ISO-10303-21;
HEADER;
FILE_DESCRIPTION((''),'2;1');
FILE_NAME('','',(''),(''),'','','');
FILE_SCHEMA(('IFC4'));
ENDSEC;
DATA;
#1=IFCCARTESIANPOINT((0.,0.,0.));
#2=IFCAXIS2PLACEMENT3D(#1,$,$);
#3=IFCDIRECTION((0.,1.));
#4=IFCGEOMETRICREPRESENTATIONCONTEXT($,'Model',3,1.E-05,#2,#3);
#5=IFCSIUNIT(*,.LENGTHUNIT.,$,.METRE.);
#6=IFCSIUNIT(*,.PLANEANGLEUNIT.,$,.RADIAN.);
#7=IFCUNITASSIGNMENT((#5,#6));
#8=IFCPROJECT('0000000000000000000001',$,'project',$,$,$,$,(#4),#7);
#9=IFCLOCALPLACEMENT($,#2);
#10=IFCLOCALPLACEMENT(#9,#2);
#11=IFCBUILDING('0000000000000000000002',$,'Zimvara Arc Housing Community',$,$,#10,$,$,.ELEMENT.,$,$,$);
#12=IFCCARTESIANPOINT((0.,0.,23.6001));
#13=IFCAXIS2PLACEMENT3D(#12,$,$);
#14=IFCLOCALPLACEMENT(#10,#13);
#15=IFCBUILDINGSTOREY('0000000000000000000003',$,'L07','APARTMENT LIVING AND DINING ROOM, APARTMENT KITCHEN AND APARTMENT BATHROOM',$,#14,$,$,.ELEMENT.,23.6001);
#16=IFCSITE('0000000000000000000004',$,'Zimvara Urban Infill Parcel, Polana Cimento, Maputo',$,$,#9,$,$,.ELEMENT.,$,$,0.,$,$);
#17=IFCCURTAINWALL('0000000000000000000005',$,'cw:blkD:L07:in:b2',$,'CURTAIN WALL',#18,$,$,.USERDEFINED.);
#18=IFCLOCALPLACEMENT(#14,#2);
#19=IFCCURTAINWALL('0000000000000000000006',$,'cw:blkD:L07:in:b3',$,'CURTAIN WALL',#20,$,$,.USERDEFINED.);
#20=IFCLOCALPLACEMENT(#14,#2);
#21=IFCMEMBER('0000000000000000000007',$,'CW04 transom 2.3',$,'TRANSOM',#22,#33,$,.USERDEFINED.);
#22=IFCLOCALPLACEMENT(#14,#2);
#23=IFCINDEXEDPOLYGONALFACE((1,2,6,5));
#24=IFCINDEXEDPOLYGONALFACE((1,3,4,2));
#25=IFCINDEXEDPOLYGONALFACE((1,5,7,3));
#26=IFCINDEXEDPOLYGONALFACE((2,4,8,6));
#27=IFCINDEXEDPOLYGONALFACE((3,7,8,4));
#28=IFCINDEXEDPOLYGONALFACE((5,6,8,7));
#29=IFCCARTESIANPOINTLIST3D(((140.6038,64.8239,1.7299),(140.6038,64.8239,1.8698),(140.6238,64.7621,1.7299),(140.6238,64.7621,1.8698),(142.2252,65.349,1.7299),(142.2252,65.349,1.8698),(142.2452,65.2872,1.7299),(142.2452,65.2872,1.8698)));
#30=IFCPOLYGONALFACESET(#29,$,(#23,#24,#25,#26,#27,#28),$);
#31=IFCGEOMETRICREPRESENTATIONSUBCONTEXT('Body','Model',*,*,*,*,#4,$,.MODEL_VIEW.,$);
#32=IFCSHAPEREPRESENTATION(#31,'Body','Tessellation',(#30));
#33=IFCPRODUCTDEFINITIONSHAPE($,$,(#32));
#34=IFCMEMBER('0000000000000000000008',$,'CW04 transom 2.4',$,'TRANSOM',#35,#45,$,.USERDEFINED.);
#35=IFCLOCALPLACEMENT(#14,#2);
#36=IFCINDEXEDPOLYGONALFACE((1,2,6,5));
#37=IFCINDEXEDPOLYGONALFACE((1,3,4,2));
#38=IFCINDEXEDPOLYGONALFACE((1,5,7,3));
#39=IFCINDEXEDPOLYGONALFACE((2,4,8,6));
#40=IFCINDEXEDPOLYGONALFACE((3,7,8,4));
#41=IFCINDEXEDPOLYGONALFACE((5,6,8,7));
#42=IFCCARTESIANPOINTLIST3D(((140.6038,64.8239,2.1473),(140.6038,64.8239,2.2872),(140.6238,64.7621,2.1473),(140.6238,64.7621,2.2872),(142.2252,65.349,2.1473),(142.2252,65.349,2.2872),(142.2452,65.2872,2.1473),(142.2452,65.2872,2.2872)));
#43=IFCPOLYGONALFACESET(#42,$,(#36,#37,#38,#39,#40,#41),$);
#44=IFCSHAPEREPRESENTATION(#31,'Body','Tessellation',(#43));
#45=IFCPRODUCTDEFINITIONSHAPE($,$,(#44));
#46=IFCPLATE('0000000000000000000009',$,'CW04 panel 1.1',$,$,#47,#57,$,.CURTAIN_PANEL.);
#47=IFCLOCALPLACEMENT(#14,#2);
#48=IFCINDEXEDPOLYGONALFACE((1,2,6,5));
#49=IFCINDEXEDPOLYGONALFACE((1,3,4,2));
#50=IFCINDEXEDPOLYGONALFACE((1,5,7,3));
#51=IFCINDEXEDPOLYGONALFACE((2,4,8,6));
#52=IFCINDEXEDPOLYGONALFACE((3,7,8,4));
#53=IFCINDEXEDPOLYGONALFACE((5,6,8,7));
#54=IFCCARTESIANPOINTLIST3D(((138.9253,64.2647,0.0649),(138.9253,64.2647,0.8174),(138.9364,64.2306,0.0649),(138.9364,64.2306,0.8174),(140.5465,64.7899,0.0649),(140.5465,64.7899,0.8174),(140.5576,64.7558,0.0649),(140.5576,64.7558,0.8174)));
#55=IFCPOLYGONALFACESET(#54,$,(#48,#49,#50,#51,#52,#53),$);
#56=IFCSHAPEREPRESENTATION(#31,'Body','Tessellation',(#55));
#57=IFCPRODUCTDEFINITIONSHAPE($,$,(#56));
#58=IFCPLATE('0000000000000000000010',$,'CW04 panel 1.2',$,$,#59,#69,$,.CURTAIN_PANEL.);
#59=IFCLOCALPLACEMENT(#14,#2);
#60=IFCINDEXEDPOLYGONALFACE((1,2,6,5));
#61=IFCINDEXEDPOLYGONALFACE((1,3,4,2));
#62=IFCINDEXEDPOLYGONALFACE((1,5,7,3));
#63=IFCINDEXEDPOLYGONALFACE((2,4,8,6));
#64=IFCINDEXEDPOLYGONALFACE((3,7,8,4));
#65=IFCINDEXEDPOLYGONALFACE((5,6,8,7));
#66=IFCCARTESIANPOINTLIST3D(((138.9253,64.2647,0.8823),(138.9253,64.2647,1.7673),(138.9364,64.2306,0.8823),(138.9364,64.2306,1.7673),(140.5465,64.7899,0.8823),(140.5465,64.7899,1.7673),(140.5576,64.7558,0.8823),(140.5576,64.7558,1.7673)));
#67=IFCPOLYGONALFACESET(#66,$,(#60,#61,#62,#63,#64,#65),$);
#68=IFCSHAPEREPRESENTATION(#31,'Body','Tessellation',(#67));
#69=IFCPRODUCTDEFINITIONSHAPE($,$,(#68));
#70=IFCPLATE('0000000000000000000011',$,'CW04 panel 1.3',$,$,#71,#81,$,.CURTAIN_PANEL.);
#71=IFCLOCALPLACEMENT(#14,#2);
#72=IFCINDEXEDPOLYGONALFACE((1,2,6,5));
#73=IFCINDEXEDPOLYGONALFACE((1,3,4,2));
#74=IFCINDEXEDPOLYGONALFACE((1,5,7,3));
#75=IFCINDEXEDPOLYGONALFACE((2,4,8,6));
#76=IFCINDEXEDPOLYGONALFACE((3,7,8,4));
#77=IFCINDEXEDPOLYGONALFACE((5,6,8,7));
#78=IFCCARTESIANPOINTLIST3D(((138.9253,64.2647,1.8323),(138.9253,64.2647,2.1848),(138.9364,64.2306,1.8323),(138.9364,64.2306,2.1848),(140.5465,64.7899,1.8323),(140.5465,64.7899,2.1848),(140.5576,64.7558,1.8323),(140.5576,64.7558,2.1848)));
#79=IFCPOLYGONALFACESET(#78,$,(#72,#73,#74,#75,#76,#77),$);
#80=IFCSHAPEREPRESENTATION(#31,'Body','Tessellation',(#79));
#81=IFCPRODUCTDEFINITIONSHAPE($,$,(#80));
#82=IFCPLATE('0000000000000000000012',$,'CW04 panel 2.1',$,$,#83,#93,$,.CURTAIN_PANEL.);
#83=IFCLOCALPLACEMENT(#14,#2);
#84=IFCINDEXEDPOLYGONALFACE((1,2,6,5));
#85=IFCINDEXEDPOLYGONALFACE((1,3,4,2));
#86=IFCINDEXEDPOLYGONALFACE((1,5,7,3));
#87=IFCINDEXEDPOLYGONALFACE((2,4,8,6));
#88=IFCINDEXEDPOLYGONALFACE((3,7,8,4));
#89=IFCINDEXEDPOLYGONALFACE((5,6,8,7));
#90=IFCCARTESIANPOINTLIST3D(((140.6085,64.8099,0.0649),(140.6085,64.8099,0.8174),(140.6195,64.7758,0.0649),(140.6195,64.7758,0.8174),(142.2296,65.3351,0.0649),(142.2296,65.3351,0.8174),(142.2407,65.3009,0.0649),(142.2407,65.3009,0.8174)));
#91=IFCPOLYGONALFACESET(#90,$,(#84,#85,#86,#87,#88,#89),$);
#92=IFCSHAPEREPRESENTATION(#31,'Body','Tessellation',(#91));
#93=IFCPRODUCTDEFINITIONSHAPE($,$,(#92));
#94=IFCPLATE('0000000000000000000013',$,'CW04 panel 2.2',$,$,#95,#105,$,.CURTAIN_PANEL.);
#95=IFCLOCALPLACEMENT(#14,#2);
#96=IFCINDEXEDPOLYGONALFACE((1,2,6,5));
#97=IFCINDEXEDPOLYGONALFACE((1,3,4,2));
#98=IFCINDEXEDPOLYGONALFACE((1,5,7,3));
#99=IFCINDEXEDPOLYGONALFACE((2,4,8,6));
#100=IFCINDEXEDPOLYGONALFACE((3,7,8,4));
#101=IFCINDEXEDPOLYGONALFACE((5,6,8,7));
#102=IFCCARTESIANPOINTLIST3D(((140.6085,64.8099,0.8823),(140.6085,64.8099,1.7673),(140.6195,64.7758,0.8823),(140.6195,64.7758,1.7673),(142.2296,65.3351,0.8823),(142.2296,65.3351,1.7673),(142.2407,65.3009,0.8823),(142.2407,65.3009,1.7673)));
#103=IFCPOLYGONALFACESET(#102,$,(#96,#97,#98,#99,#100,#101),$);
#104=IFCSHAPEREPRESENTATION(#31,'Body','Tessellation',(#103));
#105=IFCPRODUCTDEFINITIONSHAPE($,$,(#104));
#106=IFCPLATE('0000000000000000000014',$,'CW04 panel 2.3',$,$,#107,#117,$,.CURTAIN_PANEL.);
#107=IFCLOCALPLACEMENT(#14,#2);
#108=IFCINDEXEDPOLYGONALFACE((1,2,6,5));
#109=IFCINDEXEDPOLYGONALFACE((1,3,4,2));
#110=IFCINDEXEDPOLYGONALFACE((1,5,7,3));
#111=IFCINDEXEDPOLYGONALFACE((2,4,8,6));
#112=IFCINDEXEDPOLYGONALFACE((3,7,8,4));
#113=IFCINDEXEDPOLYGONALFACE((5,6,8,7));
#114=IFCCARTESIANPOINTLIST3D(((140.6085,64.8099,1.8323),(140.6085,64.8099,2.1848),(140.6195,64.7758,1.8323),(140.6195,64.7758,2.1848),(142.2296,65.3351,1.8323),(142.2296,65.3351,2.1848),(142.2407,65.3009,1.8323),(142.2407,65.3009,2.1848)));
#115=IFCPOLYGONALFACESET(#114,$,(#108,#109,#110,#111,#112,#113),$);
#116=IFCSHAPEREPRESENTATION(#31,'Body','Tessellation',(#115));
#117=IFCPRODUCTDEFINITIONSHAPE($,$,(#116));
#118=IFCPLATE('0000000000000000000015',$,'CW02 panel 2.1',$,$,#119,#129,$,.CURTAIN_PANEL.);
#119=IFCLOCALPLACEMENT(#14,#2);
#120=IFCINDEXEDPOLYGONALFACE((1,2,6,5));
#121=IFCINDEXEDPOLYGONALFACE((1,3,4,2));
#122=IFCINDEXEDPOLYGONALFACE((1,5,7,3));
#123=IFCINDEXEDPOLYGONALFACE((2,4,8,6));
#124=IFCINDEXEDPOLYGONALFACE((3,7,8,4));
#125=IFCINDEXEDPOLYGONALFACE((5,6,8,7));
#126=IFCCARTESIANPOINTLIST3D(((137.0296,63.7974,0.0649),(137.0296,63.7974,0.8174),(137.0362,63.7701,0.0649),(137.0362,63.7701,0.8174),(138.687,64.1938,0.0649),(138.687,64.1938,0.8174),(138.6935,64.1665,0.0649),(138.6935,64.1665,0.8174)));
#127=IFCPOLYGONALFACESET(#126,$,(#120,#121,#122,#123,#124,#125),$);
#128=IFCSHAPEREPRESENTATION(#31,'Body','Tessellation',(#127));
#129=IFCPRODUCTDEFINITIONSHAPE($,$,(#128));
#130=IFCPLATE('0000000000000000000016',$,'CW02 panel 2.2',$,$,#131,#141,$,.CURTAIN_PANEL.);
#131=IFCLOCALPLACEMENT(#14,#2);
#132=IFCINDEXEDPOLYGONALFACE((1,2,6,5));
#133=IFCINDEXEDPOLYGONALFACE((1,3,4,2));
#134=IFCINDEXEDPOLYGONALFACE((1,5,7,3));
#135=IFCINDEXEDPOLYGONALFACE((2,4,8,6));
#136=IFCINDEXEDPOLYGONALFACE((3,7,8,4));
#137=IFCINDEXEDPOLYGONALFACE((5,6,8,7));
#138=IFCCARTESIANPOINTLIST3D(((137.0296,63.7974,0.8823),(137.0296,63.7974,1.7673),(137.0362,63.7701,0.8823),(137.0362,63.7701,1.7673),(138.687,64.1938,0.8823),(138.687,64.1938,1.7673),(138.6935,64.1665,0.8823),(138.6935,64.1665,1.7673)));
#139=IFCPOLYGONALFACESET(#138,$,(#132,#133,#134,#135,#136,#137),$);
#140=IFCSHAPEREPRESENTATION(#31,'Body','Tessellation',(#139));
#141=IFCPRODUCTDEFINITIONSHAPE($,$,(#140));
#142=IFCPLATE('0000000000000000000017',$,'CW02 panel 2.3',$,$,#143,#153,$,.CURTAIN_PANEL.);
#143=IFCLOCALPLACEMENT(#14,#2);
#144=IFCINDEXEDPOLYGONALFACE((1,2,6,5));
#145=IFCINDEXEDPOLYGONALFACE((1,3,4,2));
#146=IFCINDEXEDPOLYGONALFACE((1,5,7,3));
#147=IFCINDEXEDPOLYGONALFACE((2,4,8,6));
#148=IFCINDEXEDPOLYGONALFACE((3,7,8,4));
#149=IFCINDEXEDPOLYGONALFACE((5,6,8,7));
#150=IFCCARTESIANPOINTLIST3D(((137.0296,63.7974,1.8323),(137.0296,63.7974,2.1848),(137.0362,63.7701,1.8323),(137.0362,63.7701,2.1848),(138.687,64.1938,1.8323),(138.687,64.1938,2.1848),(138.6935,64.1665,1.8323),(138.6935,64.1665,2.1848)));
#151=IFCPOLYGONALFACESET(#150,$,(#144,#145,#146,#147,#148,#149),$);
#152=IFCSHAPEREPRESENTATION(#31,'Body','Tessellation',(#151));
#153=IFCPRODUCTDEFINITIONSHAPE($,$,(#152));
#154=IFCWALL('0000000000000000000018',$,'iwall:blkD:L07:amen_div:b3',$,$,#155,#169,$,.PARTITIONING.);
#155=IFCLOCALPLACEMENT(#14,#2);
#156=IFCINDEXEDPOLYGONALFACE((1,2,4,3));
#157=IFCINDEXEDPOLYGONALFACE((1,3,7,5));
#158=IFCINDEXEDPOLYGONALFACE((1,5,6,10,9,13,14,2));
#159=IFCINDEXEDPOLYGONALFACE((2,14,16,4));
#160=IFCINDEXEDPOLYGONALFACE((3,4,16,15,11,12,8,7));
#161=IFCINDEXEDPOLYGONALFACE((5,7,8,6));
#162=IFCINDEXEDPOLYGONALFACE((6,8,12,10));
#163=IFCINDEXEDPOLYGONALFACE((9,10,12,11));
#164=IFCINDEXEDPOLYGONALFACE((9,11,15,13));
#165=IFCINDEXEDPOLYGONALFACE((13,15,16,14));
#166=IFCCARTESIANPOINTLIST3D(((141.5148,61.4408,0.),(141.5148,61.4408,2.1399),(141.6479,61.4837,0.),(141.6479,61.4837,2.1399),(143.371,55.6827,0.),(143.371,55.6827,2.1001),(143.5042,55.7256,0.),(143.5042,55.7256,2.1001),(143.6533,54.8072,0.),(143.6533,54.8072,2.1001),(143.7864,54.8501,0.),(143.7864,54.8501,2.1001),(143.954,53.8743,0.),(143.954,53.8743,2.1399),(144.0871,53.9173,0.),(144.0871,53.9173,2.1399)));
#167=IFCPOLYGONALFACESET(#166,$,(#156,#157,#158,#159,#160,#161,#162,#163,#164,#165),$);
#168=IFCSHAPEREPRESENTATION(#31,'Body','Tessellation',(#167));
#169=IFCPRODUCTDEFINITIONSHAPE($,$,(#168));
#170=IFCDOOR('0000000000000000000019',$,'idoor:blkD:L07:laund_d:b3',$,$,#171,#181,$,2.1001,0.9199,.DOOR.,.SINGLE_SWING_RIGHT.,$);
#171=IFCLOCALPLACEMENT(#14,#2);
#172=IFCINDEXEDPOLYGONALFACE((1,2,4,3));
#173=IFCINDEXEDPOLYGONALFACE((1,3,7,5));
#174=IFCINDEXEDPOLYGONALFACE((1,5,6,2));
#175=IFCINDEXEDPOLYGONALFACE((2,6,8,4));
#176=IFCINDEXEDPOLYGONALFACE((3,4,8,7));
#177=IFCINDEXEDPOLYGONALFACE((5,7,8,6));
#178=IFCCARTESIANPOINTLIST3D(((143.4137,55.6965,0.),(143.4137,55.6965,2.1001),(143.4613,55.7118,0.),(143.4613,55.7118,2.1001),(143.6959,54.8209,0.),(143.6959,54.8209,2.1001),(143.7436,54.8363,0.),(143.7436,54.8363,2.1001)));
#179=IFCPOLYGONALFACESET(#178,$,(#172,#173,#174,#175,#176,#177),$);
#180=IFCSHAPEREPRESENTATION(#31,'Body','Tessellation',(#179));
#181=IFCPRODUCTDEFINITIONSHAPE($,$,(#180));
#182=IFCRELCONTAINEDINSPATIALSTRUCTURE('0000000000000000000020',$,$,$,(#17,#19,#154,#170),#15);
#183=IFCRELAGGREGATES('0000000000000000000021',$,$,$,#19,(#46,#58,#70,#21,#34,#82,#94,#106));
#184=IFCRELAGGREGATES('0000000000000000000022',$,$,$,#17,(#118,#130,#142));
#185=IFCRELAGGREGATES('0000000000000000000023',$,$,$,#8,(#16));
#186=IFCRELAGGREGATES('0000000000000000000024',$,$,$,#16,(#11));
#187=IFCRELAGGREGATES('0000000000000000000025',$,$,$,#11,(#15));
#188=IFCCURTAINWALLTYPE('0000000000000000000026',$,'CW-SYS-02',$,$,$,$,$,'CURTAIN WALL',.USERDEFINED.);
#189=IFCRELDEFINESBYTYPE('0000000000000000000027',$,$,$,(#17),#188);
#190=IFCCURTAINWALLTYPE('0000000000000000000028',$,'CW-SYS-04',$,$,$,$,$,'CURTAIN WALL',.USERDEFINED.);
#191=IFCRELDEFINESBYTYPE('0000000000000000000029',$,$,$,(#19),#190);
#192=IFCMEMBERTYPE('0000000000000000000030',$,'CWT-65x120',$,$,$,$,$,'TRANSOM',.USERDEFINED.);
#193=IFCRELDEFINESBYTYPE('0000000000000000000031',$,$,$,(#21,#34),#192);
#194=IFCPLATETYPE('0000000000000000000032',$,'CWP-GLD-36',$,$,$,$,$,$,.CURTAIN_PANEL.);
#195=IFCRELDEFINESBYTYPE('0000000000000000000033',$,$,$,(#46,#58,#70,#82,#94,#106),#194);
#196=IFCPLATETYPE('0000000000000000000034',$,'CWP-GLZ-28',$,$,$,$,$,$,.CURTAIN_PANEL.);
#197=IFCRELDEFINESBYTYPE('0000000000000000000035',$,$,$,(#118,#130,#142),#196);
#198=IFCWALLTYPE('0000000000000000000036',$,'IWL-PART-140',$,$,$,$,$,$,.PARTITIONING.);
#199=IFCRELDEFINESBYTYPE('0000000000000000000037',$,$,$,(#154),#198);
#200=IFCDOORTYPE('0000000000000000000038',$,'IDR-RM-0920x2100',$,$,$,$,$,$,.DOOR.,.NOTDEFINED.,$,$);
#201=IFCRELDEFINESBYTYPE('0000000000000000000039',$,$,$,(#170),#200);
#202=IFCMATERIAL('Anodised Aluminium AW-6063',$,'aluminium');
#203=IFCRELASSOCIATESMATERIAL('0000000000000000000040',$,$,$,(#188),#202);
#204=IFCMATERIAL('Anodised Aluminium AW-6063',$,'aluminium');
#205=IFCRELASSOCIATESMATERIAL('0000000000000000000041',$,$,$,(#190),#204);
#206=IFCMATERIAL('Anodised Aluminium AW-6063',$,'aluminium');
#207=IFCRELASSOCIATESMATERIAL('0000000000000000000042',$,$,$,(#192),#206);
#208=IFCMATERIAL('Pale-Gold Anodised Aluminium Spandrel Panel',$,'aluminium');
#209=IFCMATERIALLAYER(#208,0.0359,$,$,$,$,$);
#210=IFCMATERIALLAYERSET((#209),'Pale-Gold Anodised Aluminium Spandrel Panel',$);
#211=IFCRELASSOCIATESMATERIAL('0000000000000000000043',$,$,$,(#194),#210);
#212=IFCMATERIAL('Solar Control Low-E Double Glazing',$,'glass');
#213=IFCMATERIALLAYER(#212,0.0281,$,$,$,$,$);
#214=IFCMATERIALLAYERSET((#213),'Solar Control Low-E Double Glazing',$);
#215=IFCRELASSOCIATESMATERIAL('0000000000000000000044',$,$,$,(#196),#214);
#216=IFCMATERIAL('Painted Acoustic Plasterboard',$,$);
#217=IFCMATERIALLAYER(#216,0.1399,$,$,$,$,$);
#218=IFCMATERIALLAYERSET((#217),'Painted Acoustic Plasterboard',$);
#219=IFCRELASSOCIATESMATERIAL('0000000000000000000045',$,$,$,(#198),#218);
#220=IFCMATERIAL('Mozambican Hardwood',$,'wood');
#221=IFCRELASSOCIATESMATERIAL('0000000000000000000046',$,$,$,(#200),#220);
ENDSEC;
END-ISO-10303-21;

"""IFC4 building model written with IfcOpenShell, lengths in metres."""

from ifc_helpers import new_model, si_unit, direction, frame, frame_2d, origin, origin_2d, place, context, subcontext, project, spatial, rectangle, extrude, material, layer, layer_set, material_profile, profile_set, type_object, element, fill, aggregate, save


model = new_model("IFC4")

# Units and contexts
model_context = context("Model", 3, precision=1e-05, world=origin(), true_north=direction((0.0, 1.0)))
body_context = subcontext(model_context, "Body", "Model", "MODEL_VIEW")
ifc_project = project(units=[si_unit("LENGTHUNIT", "METRE"), si_unit("PLANEANGLEUNIT", "RADIAN")], contexts=[model_context])

# Site, building, storey
site_placement = place(None, origin())
site = spatial("IfcSite", under=ifc_project, at=site_placement, Name="Zimvara Urban Infill Parcel, Polana Cimento, Maputo", CompositionType="ELEMENT", RefElevation=0.0)
building_placement = place(site_placement, origin())
building = spatial("IfcBuilding", under=site, at=building_placement, Name="Zimvara Arc Housing Community", CompositionType="ELEMENT")
storey_placement = place(building_placement, frame((0.0, 0.0, 23.6001)))
storey = spatial("IfcBuildingStorey", under=building, at=storey_placement, Name="L07", Description="APARTMENT LIVING AND DINING ROOM, APARTMENT KITCHEN AND APARTMENT BATHROOM", CompositionType="ELEMENT", Elevation=23.6001)

# Curtain wall
ifc_material_1 = material(Name="Anodised Aluminium AW-6063", Category="aluminium")
curtain_wall_type_1 = type_object("IfcCurtainWallType", Name="CW-SYS-02", ElementType="CURTAIN WALL", PredefinedType="USERDEFINED", material=ifc_material_1)
curtain_wall_1_placement = place(storey_placement, origin())
curtain_wall_1 = element("IfcCurtainWall", 1, at=curtain_wall_1_placement, inside=storey, type_object=curtain_wall_type_1, Name="cw:blkD:L07:in:b2", ObjectType="CURTAIN WALL", PredefinedType="USERDEFINED")

# Curtain wall
ifc_material_2 = material(Name="Anodised Aluminium AW-6063", Category="aluminium")
curtain_wall_type_2 = type_object("IfcCurtainWallType", Name="CW-SYS-04", ElementType="CURTAIN WALL", PredefinedType="USERDEFINED", material=ifc_material_2)
curtain_wall_2_placement = place(storey_placement, origin())
curtain_wall_2 = element("IfcCurtainWall", 2, at=curtain_wall_2_placement, inside=storey, type_object=curtain_wall_type_2, Name="cw:blkD:L07:in:b3", ObjectType="CURTAIN WALL", PredefinedType="USERDEFINED")

# Members
ifc_material_3 = material(Name="Anodised Aluminium AW-6063", Category="aluminium")
ifc_material_profile_1 = material_profile(ifc_material_3, rectangle(XDim=0.0649, YDim=0.1399, at=origin_2d()), Name="ALU 65x140")
ifc_profile_set_1 = profile_set([ifc_material_profile_1], Name="Anodised Aluminium AW-6063")
member_type_1 = type_object("IfcMemberType", Name="CWT-65x120", ElementType="TRANSOM", PredefinedType="USERDEFINED", material=ifc_profile_set_1)
member_1_placement = place(storey_placement, frame((140.6138, 64.793, 1.7998), z_axis=(0.951342, 0.308137, 0.0), x_axis=(-0.308137, 0.951342, 0.0)))
member_1 = element("IfcMember", 3, at=member_1_placement, type_object=member_type_1, Name="CW04 transom 2.3", ObjectType="TRANSOM", PredefinedType="USERDEFINED", context=body_context, shape_type="SweptSolid", body=[
    extrude(rectangle(XDim=0.0649, YDim=0.1399, at=origin_2d()), origin(), (0.0, 0.0, 1.0), 1.7043),
])
member_2_placement = place(storey_placement, frame((140.6138, 64.793, 2.2173), z_axis=(0.951342, 0.308137, 0.0), x_axis=(-0.308137, 0.951342, 0.0)))
member_2 = element("IfcMember", 4, at=member_2_placement, type_object=member_type_1, Name="CW04 transom 2.4", ObjectType="TRANSOM", PredefinedType="USERDEFINED", context=body_context, shape_type="SweptSolid", body=[
    extrude(rectangle(XDim=0.0649, YDim=0.1399, at=origin_2d()), origin(), (0.0, 0.0, 1.0), 1.7043),
])

# Plates
ifc_material_4 = material(Name="Pale-Gold Anodised Aluminium Spandrel Panel", Category="aluminium")
ifc_layer_1 = layer(ifc_material_4, 0.0359)
ifc_layer_set_1 = layer_set([ifc_layer_1], Name="Pale-Gold Anodised Aluminium Spandrel Panel")
plate_type_1 = type_object("IfcPlateType", Name="CWP-GLD-36", PredefinedType="CURTAIN_PANEL", material=ifc_layer_set_1)
plate_1_placement = place(storey_placement, frame((139.7415, 64.5103, 0.0649), z_axis=(0.0, 0.0, 1.0), x_axis=(0.951326, 0.308187, 0.0)))
plate_1 = element("IfcPlate", 5, at=plate_1_placement, type_object=plate_type_1, Name="CW04 panel 1.1", PredefinedType="CURTAIN_PANEL", context=body_context, shape_type="SweptSolid", body=[
    extrude(rectangle(XDim=1.7041, YDim=0.0359, at=origin_2d()), origin(), (0.0, 0.0, 1.0), 0.7524),
])
plate_2_placement = place(storey_placement, frame((139.7415, 64.5103, 0.8823), z_axis=(0.0, 0.0, 1.0), x_axis=(0.951326, 0.308187, 0.0)))
plate_2 = element("IfcPlate", 6, at=plate_2_placement, type_object=plate_type_1, Name="CW04 panel 1.2", PredefinedType="CURTAIN_PANEL", context=body_context, shape_type="SweptSolid", body=[
    extrude(rectangle(XDim=1.7041, YDim=0.0359, at=origin_2d()), origin(), (0.0, 0.0, 1.0), 0.885),
])
plate_3_placement = place(storey_placement, frame((139.7415, 64.5103, 1.8323), z_axis=(0.0, 0.0, 1.0), x_axis=(0.951326, 0.308187, 0.0)))
plate_3 = element("IfcPlate", 7, at=plate_3_placement, type_object=plate_type_1, Name="CW04 panel 1.3", PredefinedType="CURTAIN_PANEL", context=body_context, shape_type="SweptSolid", body=[
    extrude(rectangle(XDim=1.7041, YDim=0.0359, at=origin_2d()), origin(), (0.0, 0.0, 1.0), 0.3525),
])
plate_4_placement = place(storey_placement, frame((141.4246, 65.0554, 0.0649), z_axis=(0.0, 0.0, 1.0), x_axis=(0.951326, 0.308187, 0.0)))
plate_4 = element("IfcPlate", 8, at=plate_4_placement, type_object=plate_type_1, Name="CW04 panel 2.1", PredefinedType="CURTAIN_PANEL", context=body_context, shape_type="SweptSolid", body=[
    extrude(rectangle(XDim=1.7041, YDim=0.0359, at=origin_2d()), origin(), (0.0, 0.0, 1.0), 0.7524),
])
plate_5_placement = place(storey_placement, frame((141.4246, 65.0554, 0.8823), z_axis=(0.0, 0.0, 1.0), x_axis=(0.951326, 0.308187, 0.0)))
plate_5 = element("IfcPlate", 9, at=plate_5_placement, type_object=plate_type_1, Name="CW04 panel 2.2", PredefinedType="CURTAIN_PANEL", context=body_context, shape_type="SweptSolid", body=[
    extrude(rectangle(XDim=1.7041, YDim=0.0359, at=origin_2d()), origin(), (0.0, 0.0, 1.0), 0.885),
])
plate_6_placement = place(storey_placement, frame((141.4246, 65.0554, 1.8323), z_axis=(0.0, 0.0, 1.0), x_axis=(0.951326, 0.308187, 0.0)))
plate_6 = element("IfcPlate", 10, at=plate_6_placement, type_object=plate_type_1, Name="CW04 panel 2.3", PredefinedType="CURTAIN_PANEL", context=body_context, shape_type="SweptSolid", body=[
    extrude(rectangle(XDim=1.7041, YDim=0.0359, at=origin_2d()), origin(), (0.0, 0.0, 1.0), 0.3525),
])
aggregate(curtain_wall_2, [plate_1, plate_2, plate_3, member_1, member_2, plate_4, plate_5, plate_6])
ifc_material_5 = material(Name="Solar Control Low-E Double Glazing", Category="glass")
ifc_layer_2 = layer(ifc_material_5, 0.0281)
ifc_layer_set_2 = layer_set([ifc_layer_2], Name="Solar Control Low-E Double Glazing")
plate_type_2 = type_object("IfcPlateType", Name="CWP-GLZ-28", PredefinedType="CURTAIN_PANEL", material=ifc_layer_set_2)
plate_7_placement = place(storey_placement, frame((137.8616, 63.9819, 0.0649), z_axis=(0.0, 0.0, 1.0), x_axis=(0.972573, 0.232597, 0.0)))
plate_7 = element("IfcPlate", 11, at=plate_7_placement, type_object=plate_type_2, Name="CW02 panel 2.1", PredefinedType="CURTAIN_PANEL", context=body_context, shape_type="SweptSolid", body=[
    extrude(rectangle(XDim=1.7041, YDim=0.0281, at=origin_2d()), origin(), (0.0, 0.0, 1.0), 0.7524),
])
plate_8_placement = place(storey_placement, frame((137.8616, 63.9819, 0.8823), z_axis=(0.0, 0.0, 1.0), x_axis=(0.972573, 0.232597, 0.0)))
plate_8 = element("IfcPlate", 12, at=plate_8_placement, type_object=plate_type_2, Name="CW02 panel 2.2", PredefinedType="CURTAIN_PANEL", context=body_context, shape_type="SweptSolid", body=[
    extrude(rectangle(XDim=1.7041, YDim=0.0281, at=origin_2d()), origin(), (0.0, 0.0, 1.0), 0.885),
])
plate_9_placement = place(storey_placement, frame((137.8616, 63.9819, 1.8323), z_axis=(0.0, 0.0, 1.0), x_axis=(0.972573, 0.232597, 0.0)))
plate_9 = element("IfcPlate", 13, at=plate_9_placement, type_object=plate_type_2, Name="CW02 panel 2.3", PredefinedType="CURTAIN_PANEL", context=body_context, shape_type="SweptSolid", body=[
    extrude(rectangle(XDim=1.7041, YDim=0.0281, at=origin_2d()), origin(), (0.0, 0.0, 1.0), 0.3525),
])
aggregate(curtain_wall_1, [plate_7, plate_8, plate_9])

# Wall, opening, door
ifc_material_6 = material(Name="Painted Acoustic Plasterboard")
ifc_layer_3 = layer(ifc_material_6, 0.1399)
ifc_layer_set_3 = layer_set([ifc_layer_3], Name="Painted Acoustic Plasterboard")
wall_type_1 = type_object("IfcWallType", Name="IWL-PART-140", PredefinedType="PARTITIONING", material=ifc_layer_set_3)
wall_1_placement = place(storey_placement, frame((141.5813, 61.4624, 0.0), z_axis=(0.0, 0.0, 1.0), x_axis=(0.306824, -0.951766, 0.0)))
wall_1 = element("IfcWall", 14, at=wall_1_placement, inside=storey, type_object=wall_type_1, Name="iwall:blkD:L07:amen_div:b3", PredefinedType="PARTITIONING", context=body_context, shape_type="SweptSolid", body=[
    extrude(rectangle(XDim=7.95, YDim=0.1399, at=frame_2d((3.9751, 0.0))), origin(), (0.0, 0.0, 1.0), 2.1399),
])
opening_1_placement = place(wall_1_placement, frame((6.05, 0.0, 0.0)))
opening_1 = element("IfcOpeningElement", 15, at=opening_1_placement, cuts=wall_1, PredefinedType="OPENING", context=body_context, shape_type="SweptSolid", body=[
    extrude(rectangle(XDim=0.9199, YDim=2.1001, at=frame_2d((0.46, 1.05))), frame((0.0, 0.0798, 0.0), z_axis=(0.0, -1.0, 0.0), x_axis=(1.0, 0.0, 0.0)), (0.0, 0.0, 1.0), 0.1599),
])
ifc_material_7 = material(Name="Mozambican Hardwood", Category="wood")
door_type_1 = type_object("IfcDoorType", Name="IDR-RM-0920x2100", OperationType="NOTDEFINED", PredefinedType="DOOR", material=ifc_material_7)
door_1_placement = place(opening_1_placement, origin())
door_1 = element("IfcDoor", 16, at=door_1_placement, inside=storey, type_object=door_type_1, Name="idoor:blkD:L07:laund_d:b3", OperationType="SINGLE_SWING_RIGHT", OverallHeight=2.1001, OverallWidth=0.9199, PredefinedType="DOOR", context=body_context, shape_type="SweptSolid", body=[
    extrude(rectangle(XDim=0.9199, YDim=2.1001, at=frame_2d((0.46, 1.05))), frame((0.0, 0.0249, 0.0), z_axis=(0.0, -1.0, 0.0), x_axis=(1.0, 0.0, 0.0)), (0.0, 0.0, 1.0), 0.05),
])
fill(opening_1, door_1)

save(model, "model.ifc")
